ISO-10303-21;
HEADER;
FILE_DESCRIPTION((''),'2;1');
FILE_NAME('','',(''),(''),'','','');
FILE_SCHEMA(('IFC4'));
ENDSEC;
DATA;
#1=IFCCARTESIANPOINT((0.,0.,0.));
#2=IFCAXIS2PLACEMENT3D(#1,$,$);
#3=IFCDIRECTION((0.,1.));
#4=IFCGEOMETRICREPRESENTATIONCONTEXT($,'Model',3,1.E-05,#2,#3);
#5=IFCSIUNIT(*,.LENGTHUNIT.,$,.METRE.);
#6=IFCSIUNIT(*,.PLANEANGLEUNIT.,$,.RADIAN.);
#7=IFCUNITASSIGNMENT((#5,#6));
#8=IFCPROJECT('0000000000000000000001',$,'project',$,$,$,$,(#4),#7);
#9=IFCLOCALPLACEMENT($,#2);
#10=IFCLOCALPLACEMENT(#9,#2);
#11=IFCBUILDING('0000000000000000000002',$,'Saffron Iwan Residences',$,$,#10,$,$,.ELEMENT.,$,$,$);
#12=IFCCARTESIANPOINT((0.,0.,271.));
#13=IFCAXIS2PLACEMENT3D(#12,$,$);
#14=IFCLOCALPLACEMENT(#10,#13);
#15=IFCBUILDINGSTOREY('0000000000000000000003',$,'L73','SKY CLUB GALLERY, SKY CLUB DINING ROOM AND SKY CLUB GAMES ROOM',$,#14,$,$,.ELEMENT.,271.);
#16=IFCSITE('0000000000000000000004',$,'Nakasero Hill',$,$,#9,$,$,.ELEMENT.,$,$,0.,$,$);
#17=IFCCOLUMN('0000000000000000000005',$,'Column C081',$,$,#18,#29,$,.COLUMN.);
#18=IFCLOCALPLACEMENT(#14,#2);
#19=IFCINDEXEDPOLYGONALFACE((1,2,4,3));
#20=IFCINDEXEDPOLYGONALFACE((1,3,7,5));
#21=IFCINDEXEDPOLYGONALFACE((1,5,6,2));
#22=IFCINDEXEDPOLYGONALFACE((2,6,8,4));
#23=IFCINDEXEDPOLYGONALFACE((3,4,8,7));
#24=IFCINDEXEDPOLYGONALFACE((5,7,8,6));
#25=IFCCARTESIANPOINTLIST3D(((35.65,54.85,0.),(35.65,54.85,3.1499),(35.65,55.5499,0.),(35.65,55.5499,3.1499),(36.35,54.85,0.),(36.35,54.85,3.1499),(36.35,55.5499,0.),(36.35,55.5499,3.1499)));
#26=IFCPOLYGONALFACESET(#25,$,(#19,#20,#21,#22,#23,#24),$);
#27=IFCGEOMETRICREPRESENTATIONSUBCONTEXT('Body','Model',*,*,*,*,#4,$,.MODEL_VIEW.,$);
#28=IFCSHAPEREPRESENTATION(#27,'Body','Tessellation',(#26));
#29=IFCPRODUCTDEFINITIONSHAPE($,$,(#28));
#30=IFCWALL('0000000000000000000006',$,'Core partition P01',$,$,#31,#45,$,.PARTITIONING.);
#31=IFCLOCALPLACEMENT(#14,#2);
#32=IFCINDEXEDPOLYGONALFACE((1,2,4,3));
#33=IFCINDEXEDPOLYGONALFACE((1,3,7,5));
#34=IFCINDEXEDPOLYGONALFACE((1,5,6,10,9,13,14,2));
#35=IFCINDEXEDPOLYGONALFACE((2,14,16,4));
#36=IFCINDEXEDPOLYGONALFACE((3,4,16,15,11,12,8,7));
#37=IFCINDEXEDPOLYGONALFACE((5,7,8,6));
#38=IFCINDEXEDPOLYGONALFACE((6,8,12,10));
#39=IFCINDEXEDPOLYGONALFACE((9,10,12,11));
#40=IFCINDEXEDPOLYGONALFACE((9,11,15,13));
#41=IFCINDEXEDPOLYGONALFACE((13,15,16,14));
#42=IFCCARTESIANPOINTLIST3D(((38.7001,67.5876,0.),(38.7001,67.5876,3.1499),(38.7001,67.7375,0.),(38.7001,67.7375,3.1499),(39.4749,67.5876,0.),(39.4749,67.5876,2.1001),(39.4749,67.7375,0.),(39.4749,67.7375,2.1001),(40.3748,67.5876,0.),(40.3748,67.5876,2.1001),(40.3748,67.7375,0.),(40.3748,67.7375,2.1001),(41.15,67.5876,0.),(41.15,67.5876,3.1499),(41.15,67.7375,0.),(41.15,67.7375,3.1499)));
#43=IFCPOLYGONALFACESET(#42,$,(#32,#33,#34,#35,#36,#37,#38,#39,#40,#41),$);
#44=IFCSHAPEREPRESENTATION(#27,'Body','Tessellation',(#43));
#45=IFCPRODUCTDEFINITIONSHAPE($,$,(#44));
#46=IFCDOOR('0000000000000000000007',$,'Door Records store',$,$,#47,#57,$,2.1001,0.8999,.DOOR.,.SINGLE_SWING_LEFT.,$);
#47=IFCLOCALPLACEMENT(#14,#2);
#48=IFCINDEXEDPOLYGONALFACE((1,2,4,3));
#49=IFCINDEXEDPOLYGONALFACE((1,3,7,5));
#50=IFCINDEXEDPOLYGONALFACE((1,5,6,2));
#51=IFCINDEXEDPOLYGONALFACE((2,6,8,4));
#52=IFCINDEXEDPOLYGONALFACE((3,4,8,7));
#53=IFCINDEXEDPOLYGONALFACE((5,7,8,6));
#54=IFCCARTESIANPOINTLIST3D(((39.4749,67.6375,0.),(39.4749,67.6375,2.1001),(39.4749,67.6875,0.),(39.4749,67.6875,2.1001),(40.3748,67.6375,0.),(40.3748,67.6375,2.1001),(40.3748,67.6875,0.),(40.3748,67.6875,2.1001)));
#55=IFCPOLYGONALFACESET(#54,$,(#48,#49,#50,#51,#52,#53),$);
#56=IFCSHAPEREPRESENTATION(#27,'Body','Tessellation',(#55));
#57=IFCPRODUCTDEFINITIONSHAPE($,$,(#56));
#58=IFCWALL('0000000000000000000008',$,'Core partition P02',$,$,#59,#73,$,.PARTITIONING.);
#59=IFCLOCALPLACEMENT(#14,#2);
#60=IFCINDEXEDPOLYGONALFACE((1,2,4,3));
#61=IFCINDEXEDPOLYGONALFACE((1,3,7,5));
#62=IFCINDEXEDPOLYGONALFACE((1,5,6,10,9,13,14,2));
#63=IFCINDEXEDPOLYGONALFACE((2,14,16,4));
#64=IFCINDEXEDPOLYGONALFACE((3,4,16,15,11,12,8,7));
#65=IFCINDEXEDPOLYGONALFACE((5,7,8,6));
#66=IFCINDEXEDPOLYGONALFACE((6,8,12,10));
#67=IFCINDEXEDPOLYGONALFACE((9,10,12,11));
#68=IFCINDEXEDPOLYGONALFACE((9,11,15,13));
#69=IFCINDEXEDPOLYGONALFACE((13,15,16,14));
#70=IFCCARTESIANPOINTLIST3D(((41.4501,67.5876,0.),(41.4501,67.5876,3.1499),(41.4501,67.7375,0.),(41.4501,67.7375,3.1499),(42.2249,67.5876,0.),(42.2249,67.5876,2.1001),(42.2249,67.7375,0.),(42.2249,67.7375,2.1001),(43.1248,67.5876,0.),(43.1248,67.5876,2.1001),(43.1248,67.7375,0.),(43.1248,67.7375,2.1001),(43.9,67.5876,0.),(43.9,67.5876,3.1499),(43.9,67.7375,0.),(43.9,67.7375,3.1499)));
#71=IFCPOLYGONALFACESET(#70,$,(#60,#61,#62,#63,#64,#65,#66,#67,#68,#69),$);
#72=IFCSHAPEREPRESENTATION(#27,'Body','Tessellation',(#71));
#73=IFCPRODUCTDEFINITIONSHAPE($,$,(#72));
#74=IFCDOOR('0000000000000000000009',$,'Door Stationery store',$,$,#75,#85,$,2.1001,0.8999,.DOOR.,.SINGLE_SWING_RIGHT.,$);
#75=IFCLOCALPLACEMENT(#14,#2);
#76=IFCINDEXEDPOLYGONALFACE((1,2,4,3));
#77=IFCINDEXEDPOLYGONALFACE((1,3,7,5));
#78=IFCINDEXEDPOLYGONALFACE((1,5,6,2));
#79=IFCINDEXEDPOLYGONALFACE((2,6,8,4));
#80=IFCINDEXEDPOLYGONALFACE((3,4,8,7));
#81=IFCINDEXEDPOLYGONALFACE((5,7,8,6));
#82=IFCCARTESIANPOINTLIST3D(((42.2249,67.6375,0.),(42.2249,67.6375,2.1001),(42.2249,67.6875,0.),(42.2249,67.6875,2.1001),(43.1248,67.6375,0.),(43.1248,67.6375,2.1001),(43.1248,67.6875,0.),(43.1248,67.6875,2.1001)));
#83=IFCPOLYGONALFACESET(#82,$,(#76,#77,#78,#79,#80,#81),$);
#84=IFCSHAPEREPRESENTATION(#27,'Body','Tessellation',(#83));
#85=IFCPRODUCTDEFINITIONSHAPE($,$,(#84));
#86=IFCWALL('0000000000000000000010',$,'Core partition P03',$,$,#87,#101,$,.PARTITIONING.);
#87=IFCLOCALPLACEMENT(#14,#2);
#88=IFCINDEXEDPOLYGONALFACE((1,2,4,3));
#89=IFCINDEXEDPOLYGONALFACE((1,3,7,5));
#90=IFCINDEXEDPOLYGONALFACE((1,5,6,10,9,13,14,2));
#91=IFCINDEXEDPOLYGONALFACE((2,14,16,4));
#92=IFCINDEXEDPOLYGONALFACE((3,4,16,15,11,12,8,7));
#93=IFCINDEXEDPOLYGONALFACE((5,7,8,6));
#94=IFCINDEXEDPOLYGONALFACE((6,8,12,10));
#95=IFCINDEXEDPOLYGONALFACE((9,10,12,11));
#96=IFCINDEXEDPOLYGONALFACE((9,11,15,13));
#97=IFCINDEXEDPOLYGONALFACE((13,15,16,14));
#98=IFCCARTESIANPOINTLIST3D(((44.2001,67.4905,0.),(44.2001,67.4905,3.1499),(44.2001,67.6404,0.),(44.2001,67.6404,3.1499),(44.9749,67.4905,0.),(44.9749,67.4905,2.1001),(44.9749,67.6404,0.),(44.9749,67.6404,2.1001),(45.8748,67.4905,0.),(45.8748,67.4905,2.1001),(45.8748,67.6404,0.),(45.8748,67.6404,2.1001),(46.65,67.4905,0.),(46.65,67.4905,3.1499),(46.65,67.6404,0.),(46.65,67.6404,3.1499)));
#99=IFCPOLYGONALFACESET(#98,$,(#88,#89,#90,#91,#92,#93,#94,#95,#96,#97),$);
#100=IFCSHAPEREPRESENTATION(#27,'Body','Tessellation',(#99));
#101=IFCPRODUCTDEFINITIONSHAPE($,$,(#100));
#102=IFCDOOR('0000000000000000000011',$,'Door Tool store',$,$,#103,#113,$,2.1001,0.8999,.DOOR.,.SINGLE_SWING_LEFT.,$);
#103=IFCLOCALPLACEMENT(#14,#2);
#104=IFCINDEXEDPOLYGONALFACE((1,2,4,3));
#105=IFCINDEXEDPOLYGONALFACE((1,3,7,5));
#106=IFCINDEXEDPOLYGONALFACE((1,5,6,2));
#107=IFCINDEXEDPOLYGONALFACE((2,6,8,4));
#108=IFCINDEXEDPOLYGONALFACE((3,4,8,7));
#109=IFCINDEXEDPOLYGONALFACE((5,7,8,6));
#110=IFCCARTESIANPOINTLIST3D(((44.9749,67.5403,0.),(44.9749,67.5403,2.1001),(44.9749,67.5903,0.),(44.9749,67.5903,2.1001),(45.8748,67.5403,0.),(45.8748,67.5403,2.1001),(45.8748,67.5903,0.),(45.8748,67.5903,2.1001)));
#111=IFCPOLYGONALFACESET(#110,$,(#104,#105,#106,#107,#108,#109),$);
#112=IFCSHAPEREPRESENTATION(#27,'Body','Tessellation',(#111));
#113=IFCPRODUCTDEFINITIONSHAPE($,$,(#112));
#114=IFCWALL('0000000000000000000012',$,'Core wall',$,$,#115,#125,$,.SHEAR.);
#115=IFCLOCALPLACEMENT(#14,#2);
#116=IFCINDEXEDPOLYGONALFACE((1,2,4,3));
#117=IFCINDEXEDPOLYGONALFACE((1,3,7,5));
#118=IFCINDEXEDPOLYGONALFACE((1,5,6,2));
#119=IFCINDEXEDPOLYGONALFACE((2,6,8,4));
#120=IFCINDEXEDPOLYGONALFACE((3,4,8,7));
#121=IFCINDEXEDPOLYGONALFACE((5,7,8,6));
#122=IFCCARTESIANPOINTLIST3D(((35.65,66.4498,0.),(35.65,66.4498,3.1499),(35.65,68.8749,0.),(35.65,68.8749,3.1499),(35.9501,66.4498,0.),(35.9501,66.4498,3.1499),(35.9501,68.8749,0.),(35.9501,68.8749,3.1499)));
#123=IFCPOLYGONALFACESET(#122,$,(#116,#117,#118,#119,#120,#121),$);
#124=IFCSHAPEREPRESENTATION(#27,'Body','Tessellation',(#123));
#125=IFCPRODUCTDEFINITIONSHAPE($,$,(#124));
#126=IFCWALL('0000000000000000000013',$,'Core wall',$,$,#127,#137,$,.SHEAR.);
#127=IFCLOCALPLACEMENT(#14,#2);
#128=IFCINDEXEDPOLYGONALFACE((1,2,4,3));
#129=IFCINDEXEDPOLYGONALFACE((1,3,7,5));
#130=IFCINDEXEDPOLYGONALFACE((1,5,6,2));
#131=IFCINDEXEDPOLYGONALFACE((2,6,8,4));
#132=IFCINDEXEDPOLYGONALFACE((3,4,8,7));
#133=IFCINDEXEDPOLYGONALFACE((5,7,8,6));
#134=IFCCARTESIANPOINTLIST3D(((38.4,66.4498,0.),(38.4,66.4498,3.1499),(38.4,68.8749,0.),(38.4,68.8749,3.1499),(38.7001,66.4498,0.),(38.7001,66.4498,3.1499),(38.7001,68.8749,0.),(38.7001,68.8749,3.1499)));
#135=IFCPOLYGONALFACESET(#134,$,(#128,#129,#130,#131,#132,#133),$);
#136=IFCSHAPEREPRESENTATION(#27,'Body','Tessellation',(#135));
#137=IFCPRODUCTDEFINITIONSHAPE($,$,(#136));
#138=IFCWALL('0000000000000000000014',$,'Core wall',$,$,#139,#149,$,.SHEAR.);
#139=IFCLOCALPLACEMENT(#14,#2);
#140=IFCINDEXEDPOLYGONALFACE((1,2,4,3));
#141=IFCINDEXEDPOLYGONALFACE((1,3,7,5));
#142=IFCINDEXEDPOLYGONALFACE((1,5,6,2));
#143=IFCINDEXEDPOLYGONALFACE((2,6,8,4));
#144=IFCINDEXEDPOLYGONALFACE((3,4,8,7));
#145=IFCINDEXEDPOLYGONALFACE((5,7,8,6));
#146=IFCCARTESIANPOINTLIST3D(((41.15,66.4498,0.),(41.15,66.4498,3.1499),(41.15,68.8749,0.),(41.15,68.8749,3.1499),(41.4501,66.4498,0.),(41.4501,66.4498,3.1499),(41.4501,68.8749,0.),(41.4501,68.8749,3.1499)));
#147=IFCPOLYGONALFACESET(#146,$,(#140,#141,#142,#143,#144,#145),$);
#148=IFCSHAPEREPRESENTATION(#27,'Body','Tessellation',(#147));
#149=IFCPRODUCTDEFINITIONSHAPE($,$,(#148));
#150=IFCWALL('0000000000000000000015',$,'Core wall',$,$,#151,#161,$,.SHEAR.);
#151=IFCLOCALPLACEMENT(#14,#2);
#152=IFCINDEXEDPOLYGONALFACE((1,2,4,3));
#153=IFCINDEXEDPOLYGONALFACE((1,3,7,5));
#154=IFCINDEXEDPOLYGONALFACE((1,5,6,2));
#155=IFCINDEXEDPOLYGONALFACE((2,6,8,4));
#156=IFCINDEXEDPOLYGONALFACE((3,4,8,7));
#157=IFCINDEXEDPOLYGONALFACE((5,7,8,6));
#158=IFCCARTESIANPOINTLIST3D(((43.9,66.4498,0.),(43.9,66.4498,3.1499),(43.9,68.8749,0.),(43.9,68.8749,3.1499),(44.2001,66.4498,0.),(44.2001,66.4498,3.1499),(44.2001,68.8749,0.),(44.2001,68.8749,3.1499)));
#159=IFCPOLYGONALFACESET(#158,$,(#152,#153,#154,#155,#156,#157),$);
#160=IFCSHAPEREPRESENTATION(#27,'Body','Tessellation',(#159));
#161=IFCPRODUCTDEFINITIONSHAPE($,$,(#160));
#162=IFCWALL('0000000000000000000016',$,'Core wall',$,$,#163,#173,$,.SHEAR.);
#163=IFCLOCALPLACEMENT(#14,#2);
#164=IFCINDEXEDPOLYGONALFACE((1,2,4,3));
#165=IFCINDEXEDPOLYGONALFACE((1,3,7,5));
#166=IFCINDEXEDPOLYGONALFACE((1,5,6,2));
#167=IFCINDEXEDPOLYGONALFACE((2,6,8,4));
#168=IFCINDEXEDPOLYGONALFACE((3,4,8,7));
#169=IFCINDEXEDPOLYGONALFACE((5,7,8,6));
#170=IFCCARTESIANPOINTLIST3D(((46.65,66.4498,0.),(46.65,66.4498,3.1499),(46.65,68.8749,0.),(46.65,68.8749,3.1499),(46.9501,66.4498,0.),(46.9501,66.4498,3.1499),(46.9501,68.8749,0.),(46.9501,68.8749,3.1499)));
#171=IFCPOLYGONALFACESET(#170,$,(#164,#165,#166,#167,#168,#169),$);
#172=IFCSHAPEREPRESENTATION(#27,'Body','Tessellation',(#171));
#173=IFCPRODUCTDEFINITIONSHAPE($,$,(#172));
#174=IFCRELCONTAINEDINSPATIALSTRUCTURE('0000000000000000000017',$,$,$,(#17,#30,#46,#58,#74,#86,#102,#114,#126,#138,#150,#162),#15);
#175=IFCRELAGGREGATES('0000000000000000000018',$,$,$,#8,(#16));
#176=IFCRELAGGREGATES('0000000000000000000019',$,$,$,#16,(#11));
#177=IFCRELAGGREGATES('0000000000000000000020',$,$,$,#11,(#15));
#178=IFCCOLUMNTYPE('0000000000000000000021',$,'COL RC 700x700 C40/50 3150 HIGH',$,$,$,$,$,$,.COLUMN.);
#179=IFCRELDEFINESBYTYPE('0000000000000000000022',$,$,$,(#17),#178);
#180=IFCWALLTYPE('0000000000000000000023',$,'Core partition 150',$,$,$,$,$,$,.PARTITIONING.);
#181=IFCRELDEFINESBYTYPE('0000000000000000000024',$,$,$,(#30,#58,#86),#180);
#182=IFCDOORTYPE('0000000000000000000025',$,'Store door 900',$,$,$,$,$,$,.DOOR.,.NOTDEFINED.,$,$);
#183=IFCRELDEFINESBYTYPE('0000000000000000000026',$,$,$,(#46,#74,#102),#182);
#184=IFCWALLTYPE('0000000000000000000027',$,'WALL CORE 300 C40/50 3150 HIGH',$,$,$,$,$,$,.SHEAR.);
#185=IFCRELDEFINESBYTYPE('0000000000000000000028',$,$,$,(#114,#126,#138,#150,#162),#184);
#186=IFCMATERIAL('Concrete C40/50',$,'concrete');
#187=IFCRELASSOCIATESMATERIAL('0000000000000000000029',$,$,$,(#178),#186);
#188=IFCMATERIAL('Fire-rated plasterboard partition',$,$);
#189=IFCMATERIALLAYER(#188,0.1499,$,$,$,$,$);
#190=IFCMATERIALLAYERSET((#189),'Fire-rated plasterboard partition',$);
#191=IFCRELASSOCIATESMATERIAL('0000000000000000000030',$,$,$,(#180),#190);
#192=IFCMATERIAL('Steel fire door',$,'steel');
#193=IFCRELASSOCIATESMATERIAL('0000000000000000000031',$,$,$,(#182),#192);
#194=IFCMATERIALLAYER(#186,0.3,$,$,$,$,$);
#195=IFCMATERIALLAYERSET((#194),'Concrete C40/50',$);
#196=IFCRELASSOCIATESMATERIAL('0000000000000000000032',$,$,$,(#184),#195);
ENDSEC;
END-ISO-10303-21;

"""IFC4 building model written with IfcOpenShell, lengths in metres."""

from ifc_helpers import new_model, si_unit, direction, frame, frame_2d, origin, origin_2d, place, context, subcontext, project, spatial, rectangle, extrude, source, transform, mapped, material, layer, layer_set, material_profile, profile_set, type_object, element, fill, save


model = new_model("IFC4")

# Units and contexts
model_context = context("Model", 3, precision=1e-05, world=origin(), true_north=direction((0.0, 1.0)))
body_context = subcontext(model_context, "Body", "Model", "MODEL_VIEW")
ifc_project = project(units=[si_unit("LENGTHUNIT", "METRE"), si_unit("PLANEANGLEUNIT", "RADIAN")], contexts=[model_context])

# Site, building, storey
site_placement = place(None, origin())
site = spatial("IfcSite", under=ifc_project, at=site_placement, Name="Nakasero Hill", CompositionType="ELEMENT", RefElevation=0.0)
building_placement = place(site_placement, origin())
building = spatial("IfcBuilding", under=site, at=building_placement, Name="Saffron Iwan Residences", CompositionType="ELEMENT")
storey_placement = place(building_placement, frame((0.0, 0.0, 271.0)))
storey = spatial("IfcBuildingStorey", under=building, at=storey_placement, Name="L73", Description="SKY CLUB GALLERY, SKY CLUB DINING ROOM AND SKY CLUB GAMES ROOM", CompositionType="ELEMENT", Elevation=271.0)

# Column
ifc_material_1 = material(Name="Concrete C40/50", Category="concrete")
ifc_material_profile = material_profile(ifc_material_1, rectangle(XDim=0.7, YDim=0.7, at=origin_2d()), Name="RC 700x700")
ifc_profile_set = profile_set([ifc_material_profile], Name="Concrete C40/50")
column_type = type_object("IfcColumnType", Name="COL RC 700x700 C40/50 3150 HIGH", PredefinedType="COLUMN", material=ifc_profile_set)
shared_shape = source(origin(), body_context, "Body", "SweptSolid", [
    extrude(rectangle(XDim=0.7, YDim=0.7, at=origin_2d()), origin(), (0.0, 0.0, 1.0), 3.1499),
])
column_placement = place(storey_placement, frame((36.0, 55.2, 0.0), z_axis=(0.0, 0.0, 1.0), x_axis=(1.0, 0.0, 0.0)))
element("IfcColumn", 1, at=column_placement, inside=storey, type_object=column_type, Name="Column C081", PredefinedType="COLUMN", context=body_context, shape_type="MappedRepresentation", body=[
    mapped(shared_shape, transform((0.0, 0.0, 0.0))),
])

# Walls, openings, doors
ifc_material_2 = material(Name="Fire-rated plasterboard partition")
ifc_layer_1 = layer(ifc_material_2, 0.1499)
ifc_layer_set_1 = layer_set([ifc_layer_1], Name="Fire-rated plasterboard partition")
wall_type_1 = type_object("IfcWallType", Name="Core partition 150", PredefinedType="PARTITIONING", material=ifc_layer_set_1)
wall_1_placement = place(storey_placement, frame((38.7, 67.6626, 0.0), z_axis=(0.0, 0.0, 1.0), x_axis=(1.0, 0.0, 0.0)))
wall_1 = element("IfcWall", 2, at=wall_1_placement, inside=storey, type_object=wall_type_1, Name="Core partition P01", PredefinedType="PARTITIONING", context=body_context, shape_type="SweptSolid", body=[
    extrude(rectangle(XDim=2.45, YDim=0.1499, at=frame_2d((1.2251, 0.0))), origin(), (0.0, 0.0, 1.0), 3.1499),
])
opening_1_placement = place(wall_1_placement, frame((0.7749, 0.0, 0.0)))
opening_1 = element("IfcOpeningElement", 3, at=opening_1_placement, cuts=wall_1, PredefinedType="OPENING", context=body_context, shape_type="SweptSolid", body=[
    extrude(rectangle(XDim=0.8999, YDim=2.1001, at=frame_2d((0.45, 1.05))), frame((0.0, 0.085, 0.0), z_axis=(0.0, -1.0, 0.0), x_axis=(1.0, 0.0, 0.0)), (0.0, 0.0, 1.0), 0.1699),
])
ifc_material_3 = material(Name="Steel fire door", Category="steel")
door_type = type_object("IfcDoorType", Name="Store door 900", OperationType="NOTDEFINED", PredefinedType="DOOR", material=ifc_material_3)
door_1_placement = place(opening_1_placement, origin())
door_1 = element("IfcDoor", 4, at=door_1_placement, inside=storey, type_object=door_type, Name="Door Records store", OperationType="SINGLE_SWING_LEFT", OverallHeight=2.1001, OverallWidth=0.8999, PredefinedType="DOOR", context=body_context, shape_type="SweptSolid", body=[
    extrude(rectangle(XDim=0.8999, YDim=2.1001, at=frame_2d((0.45, 1.05))), frame((0.0, 0.0249, 0.0), z_axis=(0.0, -1.0, 0.0), x_axis=(1.0, 0.0, 0.0)), (0.0, 0.0, 1.0), 0.05),
])
fill(opening_1, door_1)
wall_2_placement = place(storey_placement, frame((41.45, 67.6626, 0.0), z_axis=(0.0, 0.0, 1.0), x_axis=(1.0, 0.0, 0.0)))
wall_2 = element("IfcWall", 5, at=wall_2_placement, inside=storey, type_object=wall_type_1, Name="Core partition P02", PredefinedType="PARTITIONING", context=body_context, shape_type="SweptSolid", body=[
    extrude(rectangle(XDim=2.45, YDim=0.1499, at=frame_2d((1.2251, 0.0))), origin(), (0.0, 0.0, 1.0), 3.1499),
])
opening_2_placement = place(wall_2_placement, frame((0.7749, 0.0, 0.0)))
opening_2 = element("IfcOpeningElement", 6, at=opening_2_placement, cuts=wall_2, PredefinedType="OPENING", context=body_context, shape_type="SweptSolid", body=[
    extrude(rectangle(XDim=0.8999, YDim=2.1001, at=frame_2d((0.45, 1.05))), frame((0.0, 0.085, 0.0), z_axis=(0.0, -1.0, 0.0), x_axis=(1.0, 0.0, 0.0)), (0.0, 0.0, 1.0), 0.1699),
])
door_2_placement = place(opening_2_placement, origin())
door_2 = element("IfcDoor", 7, at=door_2_placement, inside=storey, type_object=door_type, Name="Door Stationery store", OperationType="SINGLE_SWING_RIGHT", OverallHeight=2.1001, OverallWidth=0.8999, PredefinedType="DOOR", context=body_context, shape_type="SweptSolid", body=[
    extrude(rectangle(XDim=0.8999, YDim=2.1001, at=frame_2d((0.45, 1.05))), frame((0.0, 0.0249, 0.0), z_axis=(0.0, -1.0, 0.0), x_axis=(1.0, 0.0, 0.0)), (0.0, 0.0, 1.0), 0.05),
])
fill(opening_2, door_2)
wall_3_placement = place(storey_placement, frame((44.2, 67.5654, 0.0), z_axis=(0.0, 0.0, 1.0), x_axis=(1.0, 0.0, 0.0)))
wall_3 = element("IfcWall", 8, at=wall_3_placement, inside=storey, type_object=wall_type_1, Name="Core partition P03", PredefinedType="PARTITIONING", context=body_context, shape_type="SweptSolid", body=[
    extrude(rectangle(XDim=2.45, YDim=0.1499, at=frame_2d((1.2251, 0.0))), origin(), (0.0, 0.0, 1.0), 3.1499),
])
opening_3_placement = place(wall_3_placement, frame((0.7749, 0.0, 0.0)))
opening_3 = element("IfcOpeningElement", 9, at=opening_3_placement, cuts=wall_3, PredefinedType="OPENING", context=body_context, shape_type="SweptSolid", body=[
    extrude(rectangle(XDim=0.8999, YDim=2.1001, at=frame_2d((0.45, 1.05))), frame((0.0, 0.085, 0.0), z_axis=(0.0, -1.0, 0.0), x_axis=(1.0, 0.0, 0.0)), (0.0, 0.0, 1.0), 0.1699),
])
door_3_placement = place(opening_3_placement, origin())
door_3 = element("IfcDoor", 10, at=door_3_placement, inside=storey, type_object=door_type, Name="Door Tool store", OperationType="SINGLE_SWING_LEFT", OverallHeight=2.1001, OverallWidth=0.8999, PredefinedType="DOOR", context=body_context, shape_type="SweptSolid", body=[
    extrude(rectangle(XDim=0.8999, YDim=2.1001, at=frame_2d((0.45, 1.05))), frame((0.0, 0.0249, 0.0), z_axis=(0.0, -1.0, 0.0), x_axis=(1.0, 0.0, 0.0)), (0.0, 0.0, 1.0), 0.05),
])
fill(opening_3, door_3)

# Walls
ifc_layer_2 = layer(ifc_material_1, 0.3)
ifc_layer_set_2 = layer_set([ifc_layer_2], Name="Concrete C40/50")
wall_type_2 = type_object("IfcWallType", Name="WALL CORE 300 C40/50 3150 HIGH", PredefinedType="SHEAR", material=ifc_layer_set_2)
for number, where, z_axis, x_axis, name in (
    (11, (35.8, 66.45, 0.0), (0.0, 0.0, 1.0), (0.0, 1.0, 0.0), "Core wall"),
    (12, (38.55, 66.45, 0.0), (0.0, 0.0, 1.0), (0.0, 1.0, 0.0), "Core wall"),
    (13, (41.3, 66.45, 0.0), (0.0, 0.0, 1.0), (0.0, 1.0, 0.0), "Core wall"),
    (14, (44.05, 66.45, 0.0), (0.0, 0.0, 1.0), (0.0, 1.0, 0.0), "Core wall"),
    (15, (46.8, 66.45, 0.0), (0.0, 0.0, 1.0), (0.0, 1.0, 0.0), "Core wall"),
):
    element("IfcWall", number, at=place(storey_placement, frame(where, z_axis=z_axis, x_axis=x_axis)), inside=storey, type_object=wall_type_2, Name=name, PredefinedType="SHEAR", context=body_context, shape_type="SweptSolid", body=[
        extrude(rectangle(XDim=2.425, YDim=0.3, at=frame_2d((1.2124, 0.0))), origin(), (0.0, 0.0, 1.0), 3.1499),
    ])

save(model, "model.ifc")
